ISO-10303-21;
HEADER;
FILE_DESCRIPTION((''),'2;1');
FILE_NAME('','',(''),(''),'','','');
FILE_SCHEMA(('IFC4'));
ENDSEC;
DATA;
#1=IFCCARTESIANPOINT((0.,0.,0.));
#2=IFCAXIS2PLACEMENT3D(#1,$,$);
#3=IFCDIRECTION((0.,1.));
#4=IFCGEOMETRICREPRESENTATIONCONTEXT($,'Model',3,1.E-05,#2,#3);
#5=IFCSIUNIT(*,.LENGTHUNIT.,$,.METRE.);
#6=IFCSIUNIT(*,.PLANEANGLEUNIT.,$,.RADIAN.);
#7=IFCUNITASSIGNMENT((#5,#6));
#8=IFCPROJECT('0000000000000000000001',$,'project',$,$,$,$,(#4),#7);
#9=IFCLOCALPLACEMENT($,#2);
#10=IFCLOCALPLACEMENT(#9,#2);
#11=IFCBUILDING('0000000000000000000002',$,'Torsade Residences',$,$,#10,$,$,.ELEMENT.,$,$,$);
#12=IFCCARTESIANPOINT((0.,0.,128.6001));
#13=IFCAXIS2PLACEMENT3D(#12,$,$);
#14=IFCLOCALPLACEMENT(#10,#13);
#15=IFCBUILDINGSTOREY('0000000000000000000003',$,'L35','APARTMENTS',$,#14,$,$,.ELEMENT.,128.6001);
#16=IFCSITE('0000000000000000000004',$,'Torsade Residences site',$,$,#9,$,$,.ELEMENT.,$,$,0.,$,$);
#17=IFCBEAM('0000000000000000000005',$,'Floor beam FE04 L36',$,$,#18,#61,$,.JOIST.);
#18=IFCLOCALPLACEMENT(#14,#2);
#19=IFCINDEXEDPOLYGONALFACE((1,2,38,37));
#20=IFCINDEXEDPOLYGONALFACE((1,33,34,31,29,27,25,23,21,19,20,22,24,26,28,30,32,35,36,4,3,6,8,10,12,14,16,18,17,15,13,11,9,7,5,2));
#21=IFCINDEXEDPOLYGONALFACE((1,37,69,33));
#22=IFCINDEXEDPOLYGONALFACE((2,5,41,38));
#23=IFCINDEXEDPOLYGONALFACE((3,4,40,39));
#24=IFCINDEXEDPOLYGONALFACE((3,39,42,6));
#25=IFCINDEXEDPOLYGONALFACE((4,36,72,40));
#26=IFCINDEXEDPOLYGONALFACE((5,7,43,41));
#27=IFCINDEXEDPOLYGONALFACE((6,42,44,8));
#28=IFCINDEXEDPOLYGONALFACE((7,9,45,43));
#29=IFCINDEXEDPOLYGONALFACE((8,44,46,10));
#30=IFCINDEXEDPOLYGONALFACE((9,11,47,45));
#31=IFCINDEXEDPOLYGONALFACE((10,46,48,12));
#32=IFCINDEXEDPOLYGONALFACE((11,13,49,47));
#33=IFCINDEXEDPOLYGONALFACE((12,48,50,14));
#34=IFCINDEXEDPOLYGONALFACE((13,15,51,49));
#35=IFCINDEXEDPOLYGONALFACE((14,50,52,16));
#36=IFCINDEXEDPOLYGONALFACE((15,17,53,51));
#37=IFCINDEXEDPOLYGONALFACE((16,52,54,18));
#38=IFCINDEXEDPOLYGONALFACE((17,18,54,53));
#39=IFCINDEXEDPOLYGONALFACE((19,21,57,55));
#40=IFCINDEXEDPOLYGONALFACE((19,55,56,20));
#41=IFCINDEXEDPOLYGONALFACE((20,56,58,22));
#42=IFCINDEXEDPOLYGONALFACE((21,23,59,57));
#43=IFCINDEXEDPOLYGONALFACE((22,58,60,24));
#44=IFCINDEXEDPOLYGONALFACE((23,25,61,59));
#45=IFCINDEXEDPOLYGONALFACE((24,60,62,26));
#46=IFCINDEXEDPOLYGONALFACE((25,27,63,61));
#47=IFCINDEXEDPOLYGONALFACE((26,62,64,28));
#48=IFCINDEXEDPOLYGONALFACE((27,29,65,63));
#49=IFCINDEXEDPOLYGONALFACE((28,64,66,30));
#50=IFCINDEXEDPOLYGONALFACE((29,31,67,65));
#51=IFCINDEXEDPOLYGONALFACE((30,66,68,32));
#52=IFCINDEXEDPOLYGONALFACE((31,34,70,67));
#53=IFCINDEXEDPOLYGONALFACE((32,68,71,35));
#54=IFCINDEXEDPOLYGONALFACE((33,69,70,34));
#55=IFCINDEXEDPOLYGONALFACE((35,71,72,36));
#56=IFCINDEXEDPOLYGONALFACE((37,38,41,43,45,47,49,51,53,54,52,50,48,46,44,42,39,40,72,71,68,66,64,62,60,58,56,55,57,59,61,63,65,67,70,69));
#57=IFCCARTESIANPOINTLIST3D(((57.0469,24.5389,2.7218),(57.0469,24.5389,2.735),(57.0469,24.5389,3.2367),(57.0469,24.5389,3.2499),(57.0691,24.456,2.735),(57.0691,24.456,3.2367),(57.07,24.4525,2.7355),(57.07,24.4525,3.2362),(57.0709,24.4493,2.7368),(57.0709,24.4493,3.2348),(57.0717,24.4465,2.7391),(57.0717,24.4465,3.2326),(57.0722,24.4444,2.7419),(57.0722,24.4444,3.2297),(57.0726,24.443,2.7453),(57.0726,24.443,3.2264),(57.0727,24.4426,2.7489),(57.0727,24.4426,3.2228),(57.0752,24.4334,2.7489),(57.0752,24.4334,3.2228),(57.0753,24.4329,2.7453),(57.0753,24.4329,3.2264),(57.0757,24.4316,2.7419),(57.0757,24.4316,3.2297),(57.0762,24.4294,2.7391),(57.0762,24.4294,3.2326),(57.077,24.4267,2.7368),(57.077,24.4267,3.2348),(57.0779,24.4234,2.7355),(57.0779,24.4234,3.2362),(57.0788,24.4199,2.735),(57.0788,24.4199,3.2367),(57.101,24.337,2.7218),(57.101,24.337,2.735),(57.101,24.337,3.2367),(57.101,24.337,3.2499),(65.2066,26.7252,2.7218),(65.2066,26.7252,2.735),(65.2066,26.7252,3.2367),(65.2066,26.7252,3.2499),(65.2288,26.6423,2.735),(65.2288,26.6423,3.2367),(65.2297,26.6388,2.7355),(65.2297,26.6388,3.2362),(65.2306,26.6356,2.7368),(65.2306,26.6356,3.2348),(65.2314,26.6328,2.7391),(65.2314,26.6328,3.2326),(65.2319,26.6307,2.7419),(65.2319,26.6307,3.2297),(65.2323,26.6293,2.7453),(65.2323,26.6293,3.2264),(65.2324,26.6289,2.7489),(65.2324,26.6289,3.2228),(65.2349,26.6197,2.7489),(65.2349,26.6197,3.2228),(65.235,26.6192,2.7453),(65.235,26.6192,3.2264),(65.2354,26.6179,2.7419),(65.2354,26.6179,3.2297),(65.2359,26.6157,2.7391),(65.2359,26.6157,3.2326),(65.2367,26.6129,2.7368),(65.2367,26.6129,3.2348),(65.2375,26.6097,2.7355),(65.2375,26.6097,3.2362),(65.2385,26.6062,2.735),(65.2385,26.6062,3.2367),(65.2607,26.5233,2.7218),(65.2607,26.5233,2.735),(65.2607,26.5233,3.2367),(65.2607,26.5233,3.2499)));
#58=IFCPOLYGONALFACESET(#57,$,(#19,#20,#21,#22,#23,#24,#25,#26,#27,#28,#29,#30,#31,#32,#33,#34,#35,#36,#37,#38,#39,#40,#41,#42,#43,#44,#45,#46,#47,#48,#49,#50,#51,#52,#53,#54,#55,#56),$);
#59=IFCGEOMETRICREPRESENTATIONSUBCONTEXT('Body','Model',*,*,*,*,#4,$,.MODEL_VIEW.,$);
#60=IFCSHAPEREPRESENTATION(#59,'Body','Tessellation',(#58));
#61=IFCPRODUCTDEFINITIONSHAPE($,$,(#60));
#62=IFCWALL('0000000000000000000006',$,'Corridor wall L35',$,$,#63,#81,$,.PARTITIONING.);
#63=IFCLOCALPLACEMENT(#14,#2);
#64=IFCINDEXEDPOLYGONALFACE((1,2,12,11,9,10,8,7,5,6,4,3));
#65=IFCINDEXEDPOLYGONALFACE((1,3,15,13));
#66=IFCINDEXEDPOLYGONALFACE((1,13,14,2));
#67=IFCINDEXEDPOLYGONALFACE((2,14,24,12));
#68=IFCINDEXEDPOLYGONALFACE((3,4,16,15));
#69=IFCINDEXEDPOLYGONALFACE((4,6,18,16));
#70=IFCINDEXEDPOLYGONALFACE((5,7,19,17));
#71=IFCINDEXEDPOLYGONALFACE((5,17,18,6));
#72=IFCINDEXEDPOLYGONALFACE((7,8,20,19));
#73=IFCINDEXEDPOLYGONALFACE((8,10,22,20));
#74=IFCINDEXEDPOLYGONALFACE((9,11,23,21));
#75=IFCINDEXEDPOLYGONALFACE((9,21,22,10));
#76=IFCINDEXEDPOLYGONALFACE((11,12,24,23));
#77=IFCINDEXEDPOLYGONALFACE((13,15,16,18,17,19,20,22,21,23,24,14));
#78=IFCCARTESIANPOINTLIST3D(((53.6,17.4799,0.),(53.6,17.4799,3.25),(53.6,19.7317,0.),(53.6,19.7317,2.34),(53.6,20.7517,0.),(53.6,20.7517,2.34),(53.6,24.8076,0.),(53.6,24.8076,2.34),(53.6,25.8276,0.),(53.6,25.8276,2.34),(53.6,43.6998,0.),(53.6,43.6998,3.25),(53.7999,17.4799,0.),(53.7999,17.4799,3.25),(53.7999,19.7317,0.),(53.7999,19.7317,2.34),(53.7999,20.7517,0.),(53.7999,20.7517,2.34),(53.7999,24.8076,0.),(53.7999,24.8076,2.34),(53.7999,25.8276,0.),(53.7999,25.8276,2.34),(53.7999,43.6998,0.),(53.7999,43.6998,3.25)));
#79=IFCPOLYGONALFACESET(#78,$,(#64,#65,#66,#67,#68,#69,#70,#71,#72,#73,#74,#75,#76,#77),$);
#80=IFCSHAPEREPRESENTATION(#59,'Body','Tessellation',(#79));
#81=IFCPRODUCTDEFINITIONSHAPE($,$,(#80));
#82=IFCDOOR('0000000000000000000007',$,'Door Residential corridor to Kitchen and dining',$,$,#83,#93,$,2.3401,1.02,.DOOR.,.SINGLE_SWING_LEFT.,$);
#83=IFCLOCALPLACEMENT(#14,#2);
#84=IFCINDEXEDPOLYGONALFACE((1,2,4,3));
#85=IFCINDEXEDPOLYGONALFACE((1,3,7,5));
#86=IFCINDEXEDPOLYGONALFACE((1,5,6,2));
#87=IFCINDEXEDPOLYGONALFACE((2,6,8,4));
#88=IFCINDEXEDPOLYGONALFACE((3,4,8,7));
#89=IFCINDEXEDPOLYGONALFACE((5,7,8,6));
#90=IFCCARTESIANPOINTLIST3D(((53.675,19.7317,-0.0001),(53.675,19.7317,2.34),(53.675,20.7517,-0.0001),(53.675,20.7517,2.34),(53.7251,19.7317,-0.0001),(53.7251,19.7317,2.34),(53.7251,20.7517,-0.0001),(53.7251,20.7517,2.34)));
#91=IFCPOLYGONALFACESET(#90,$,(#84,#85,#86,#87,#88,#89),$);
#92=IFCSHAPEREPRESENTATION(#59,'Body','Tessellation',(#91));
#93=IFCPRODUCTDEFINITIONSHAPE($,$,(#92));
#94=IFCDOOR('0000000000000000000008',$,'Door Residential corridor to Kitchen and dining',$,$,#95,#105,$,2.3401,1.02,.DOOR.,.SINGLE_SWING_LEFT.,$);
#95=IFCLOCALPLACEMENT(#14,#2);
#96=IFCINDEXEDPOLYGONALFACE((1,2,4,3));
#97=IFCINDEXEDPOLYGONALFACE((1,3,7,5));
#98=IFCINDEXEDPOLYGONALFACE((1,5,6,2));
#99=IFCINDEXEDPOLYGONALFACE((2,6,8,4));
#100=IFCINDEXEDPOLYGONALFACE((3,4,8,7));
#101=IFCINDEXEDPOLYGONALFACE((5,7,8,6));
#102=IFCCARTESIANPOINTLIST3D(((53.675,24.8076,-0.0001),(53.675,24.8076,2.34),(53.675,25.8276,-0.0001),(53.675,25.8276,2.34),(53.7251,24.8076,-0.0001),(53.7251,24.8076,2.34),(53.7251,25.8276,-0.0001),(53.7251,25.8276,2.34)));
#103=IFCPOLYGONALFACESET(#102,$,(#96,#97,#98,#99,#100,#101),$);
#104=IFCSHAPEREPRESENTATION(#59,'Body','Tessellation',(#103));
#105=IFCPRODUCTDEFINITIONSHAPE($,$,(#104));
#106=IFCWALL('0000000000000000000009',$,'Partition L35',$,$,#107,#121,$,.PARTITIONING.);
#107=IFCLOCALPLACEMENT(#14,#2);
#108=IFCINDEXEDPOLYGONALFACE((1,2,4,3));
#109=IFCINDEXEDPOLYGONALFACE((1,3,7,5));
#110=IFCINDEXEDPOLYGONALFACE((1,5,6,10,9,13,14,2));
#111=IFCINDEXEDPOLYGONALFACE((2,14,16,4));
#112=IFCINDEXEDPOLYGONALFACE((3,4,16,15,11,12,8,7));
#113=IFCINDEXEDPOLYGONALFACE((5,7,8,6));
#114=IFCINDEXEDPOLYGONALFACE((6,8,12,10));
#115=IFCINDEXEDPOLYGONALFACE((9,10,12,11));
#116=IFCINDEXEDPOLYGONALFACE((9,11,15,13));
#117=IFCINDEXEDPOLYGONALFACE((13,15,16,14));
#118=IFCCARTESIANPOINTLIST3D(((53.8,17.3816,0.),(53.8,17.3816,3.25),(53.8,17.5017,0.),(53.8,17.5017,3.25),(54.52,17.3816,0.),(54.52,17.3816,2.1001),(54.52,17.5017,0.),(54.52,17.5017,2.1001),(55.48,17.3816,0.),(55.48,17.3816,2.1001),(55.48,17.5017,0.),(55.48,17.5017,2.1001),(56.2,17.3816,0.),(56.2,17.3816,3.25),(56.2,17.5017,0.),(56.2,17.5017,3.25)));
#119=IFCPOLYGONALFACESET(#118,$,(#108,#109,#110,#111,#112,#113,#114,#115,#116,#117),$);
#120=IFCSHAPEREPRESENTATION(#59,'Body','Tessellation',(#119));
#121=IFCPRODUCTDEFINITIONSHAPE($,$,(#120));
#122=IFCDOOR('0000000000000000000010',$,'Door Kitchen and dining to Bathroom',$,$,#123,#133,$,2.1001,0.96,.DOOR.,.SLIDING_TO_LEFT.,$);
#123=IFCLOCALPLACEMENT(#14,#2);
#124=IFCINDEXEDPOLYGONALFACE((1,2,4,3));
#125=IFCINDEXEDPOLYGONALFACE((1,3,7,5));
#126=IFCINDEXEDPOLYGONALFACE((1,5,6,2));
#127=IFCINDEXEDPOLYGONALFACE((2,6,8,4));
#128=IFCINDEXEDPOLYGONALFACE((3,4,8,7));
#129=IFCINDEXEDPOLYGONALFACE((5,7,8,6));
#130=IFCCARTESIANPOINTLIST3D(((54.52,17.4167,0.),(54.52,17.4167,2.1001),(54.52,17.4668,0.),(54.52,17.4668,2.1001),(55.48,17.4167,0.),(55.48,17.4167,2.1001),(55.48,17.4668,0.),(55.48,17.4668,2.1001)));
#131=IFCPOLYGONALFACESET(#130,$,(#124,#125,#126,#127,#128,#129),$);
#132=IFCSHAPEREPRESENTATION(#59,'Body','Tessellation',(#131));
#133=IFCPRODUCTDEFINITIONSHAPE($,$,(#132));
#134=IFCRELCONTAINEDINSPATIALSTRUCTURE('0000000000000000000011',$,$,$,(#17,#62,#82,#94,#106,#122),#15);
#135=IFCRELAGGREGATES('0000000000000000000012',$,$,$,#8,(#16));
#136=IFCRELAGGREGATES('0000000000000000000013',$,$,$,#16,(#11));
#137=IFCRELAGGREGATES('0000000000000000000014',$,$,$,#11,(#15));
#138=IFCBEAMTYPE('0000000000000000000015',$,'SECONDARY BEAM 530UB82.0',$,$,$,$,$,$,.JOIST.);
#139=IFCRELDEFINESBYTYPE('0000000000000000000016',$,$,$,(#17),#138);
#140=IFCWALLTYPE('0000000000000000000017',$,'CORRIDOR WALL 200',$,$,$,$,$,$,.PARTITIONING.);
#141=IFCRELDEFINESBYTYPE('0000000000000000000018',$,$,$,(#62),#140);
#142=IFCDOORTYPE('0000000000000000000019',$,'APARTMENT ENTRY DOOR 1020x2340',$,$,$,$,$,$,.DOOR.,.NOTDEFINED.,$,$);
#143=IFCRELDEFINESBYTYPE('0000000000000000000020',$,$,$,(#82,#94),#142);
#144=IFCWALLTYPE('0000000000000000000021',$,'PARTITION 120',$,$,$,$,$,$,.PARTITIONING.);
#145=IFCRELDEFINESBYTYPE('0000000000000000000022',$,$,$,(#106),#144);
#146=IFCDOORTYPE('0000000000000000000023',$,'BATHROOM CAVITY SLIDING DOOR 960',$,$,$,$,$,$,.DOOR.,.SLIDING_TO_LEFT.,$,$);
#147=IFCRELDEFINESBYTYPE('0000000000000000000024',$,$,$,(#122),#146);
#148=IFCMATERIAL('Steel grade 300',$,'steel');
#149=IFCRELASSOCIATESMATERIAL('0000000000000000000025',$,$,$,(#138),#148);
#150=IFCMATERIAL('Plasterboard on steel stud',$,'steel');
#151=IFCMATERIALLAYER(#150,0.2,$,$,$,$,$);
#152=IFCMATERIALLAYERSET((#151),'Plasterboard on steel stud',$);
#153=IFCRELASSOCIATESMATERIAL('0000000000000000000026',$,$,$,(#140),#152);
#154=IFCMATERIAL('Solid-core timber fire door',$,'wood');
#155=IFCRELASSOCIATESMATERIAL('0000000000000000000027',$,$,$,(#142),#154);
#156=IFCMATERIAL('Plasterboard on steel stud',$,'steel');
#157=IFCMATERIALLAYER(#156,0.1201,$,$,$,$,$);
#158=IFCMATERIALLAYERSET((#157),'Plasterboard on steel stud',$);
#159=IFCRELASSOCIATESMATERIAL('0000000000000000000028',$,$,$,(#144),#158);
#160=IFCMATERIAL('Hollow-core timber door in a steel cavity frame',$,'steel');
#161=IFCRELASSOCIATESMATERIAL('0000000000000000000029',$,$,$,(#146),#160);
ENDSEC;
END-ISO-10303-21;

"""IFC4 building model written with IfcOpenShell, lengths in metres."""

from ifc_helpers import new_model, si_unit, direction, frame, frame_2d, origin, origin_2d, place, context, subcontext, project, spatial, rectangle, i_section, extrude, material, layer, layer_set, material_profile, profile_set, type_object, element, fill, save


model = new_model("IFC4")

# Units and contexts
model_context = context("Model", 3, precision=1e-05, world=origin(), true_north=direction((0.0, 1.0)))
body_context = subcontext(model_context, "Body", "Model", "MODEL_VIEW")
ifc_project = project(units=[si_unit("LENGTHUNIT", "METRE"), si_unit("PLANEANGLEUNIT", "RADIAN")], contexts=[model_context])

# Site, building, storey
site_placement = place(None, origin())
site = spatial("IfcSite", under=ifc_project, at=site_placement, Name="Torsade Residences site", CompositionType="ELEMENT", RefElevation=0.0)
building_placement = place(site_placement, origin())
building = spatial("IfcBuilding", under=site, at=building_placement, Name="Torsade Residences", CompositionType="ELEMENT")
storey_placement = place(building_placement, frame((0.0, 0.0, 128.6001)))
storey = spatial("IfcBuildingStorey", under=building, at=storey_placement, Name="L35", Description="APARTMENTS", CompositionType="ELEMENT", Elevation=128.6001)

# Beam
ifc_material_1 = material(Name="Steel grade 300", Category="steel")
ifc_material_profile_1 = material_profile(ifc_material_1, i_section(OverallWidth=0.209, OverallDepth=0.5281, WebThickness=0.0095, FlangeThickness=0.0132, FilletRadius=0.0139, at=origin_2d()), Name="530UB82.0")
ifc_profile_set_1 = profile_set([ifc_material_profile_1], Name="Steel grade 300")
beam_type_1 = type_object("IfcBeamType", Name="SECONDARY BEAM 530UB82.0", PredefinedType="JOIST", material=ifc_profile_set_1)
beam_1_placement = place(storey_placement, frame((65.2336, 26.6243, 2.9858), z_axis=(-0.965929, -0.258808, 0.0), x_axis=(0.258808, -0.965929, 0.0)))
element("IfcBeam", 1, at=beam_1_placement, inside=storey, type_object=beam_type_1, Name="Floor beam FE04 L36", PredefinedType="JOIST", context=body_context, shape_type="SweptSolid", body=[
    extrude(i_section(OverallWidth=0.209, OverallDepth=0.5281, WebThickness=0.0095, FlangeThickness=0.0132, FilletRadius=0.0139, at=origin_2d()), origin(), (0.0, 0.0, 1.0), 8.4475),
])

# Wall, openings, doors
ifc_material_2 = material(Name="Plasterboard on steel stud", Category="steel")
ifc_layer_1 = layer(ifc_material_2, 0.2)
ifc_layer_set_1 = layer_set([ifc_layer_1], Name="Plasterboard on steel stud")
wall_type_1 = type_object("IfcWallType", Name="CORRIDOR WALL 200", PredefinedType="PARTITIONING", material=ifc_layer_set_1)
wall_1_placement = place(storey_placement, frame((53.7, 17.48, 0.0), z_axis=(0.0, 0.0, 1.0), x_axis=(0.0, 1.0, 0.0)))
wall_1 = element("IfcWall", 2, at=wall_1_placement, inside=storey, type_object=wall_type_1, Name="Corridor wall L35", PredefinedType="PARTITIONING", context=body_context, shape_type="SweptSolid", body=[
    extrude(rectangle(XDim=26.22, YDim=0.2, at=frame_2d((13.1099, 0.0))), origin(), (0.0, 0.0, 1.0), 3.25),
])
opening_1_placement = place(wall_1_placement, frame((2.2517, 0.0, 0.0)))
opening_1 = element("IfcOpeningElement", 3, at=opening_1_placement, cuts=wall_1, PredefinedType="OPENING", context=body_context, shape_type="SweptSolid", body=[
    extrude(rectangle(XDim=1.02, YDim=2.3401, at=frame_2d((0.51, 1.1699))), frame((0.0, 0.1099, 0.0), z_axis=(0.0, -1.0, 0.0), x_axis=(1.0, 0.0, 0.0)), (0.0, 0.0, 1.0), 0.22),
])
opening_2_placement = place(wall_1_placement, frame((7.3276, 0.0, 0.0)))
opening_2 = element("IfcOpeningElement", 4, at=opening_2_placement, cuts=wall_1, PredefinedType="OPENING", context=body_context, shape_type="SweptSolid", body=[
    extrude(rectangle(XDim=1.02, YDim=2.3401, at=frame_2d((0.51, 1.1699))), frame((0.0, 0.1099, 0.0), z_axis=(0.0, -1.0, 0.0), x_axis=(1.0, 0.0, 0.0)), (0.0, 0.0, 1.0), 0.22),
])
ifc_material_3 = material(Name="Solid-core timber fire door", Category="wood")
door_type_1 = type_object("IfcDoorType", Name="APARTMENT ENTRY DOOR 1020x2340", OperationType="NOTDEFINED", PredefinedType="DOOR", material=ifc_material_3)
door_1_placement = place(opening_1_placement, origin())
door_1 = element("IfcDoor", 5, at=door_1_placement, inside=storey, type_object=door_type_1, Name="Door Residential corridor to Kitchen and dining", OperationType="SINGLE_SWING_LEFT", OverallHeight=2.3401, OverallWidth=1.02, PredefinedType="DOOR", context=body_context, shape_type="SweptSolid", body=[
    extrude(rectangle(XDim=1.02, YDim=2.3401, at=frame_2d((0.51, 1.1699))), frame((0.0, 0.0249, 0.0), z_axis=(0.0, -1.0, 0.0), x_axis=(1.0, 0.0, 0.0)), (0.0, 0.0, 1.0), 0.05),
])
fill(opening_1, door_1)
door_2_placement = place(opening_2_placement, origin())
door_2 = element("IfcDoor", 6, at=door_2_placement, inside=storey, type_object=door_type_1, Name="Door Residential corridor to Kitchen and dining", OperationType="SINGLE_SWING_LEFT", OverallHeight=2.3401, OverallWidth=1.02, PredefinedType="DOOR", context=body_context, shape_type="SweptSolid", body=[
    extrude(rectangle(XDim=1.02, YDim=2.3401, at=frame_2d((0.51, 1.1699))), frame((0.0, 0.0249, 0.0), z_axis=(0.0, -1.0, 0.0), x_axis=(1.0, 0.0, 0.0)), (0.0, 0.0, 1.0), 0.05),
])
fill(opening_2, door_2)

# Wall, opening, door
ifc_material_4 = material(Name="Plasterboard on steel stud", Category="steel")
ifc_layer_2 = layer(ifc_material_4, 0.1201)
ifc_layer_set_2 = layer_set([ifc_layer_2], Name="Plasterboard on steel stud")
wall_type_2 = type_object("IfcWallType", Name="PARTITION 120", PredefinedType="PARTITIONING", material=ifc_layer_set_2)
wall_2_placement = place(storey_placement, frame((56.2, 17.4417, 0.0), z_axis=(0.0, 0.0, 1.0), x_axis=(-1.0, 0.0, 0.0)))
wall_2 = element("IfcWall", 7, at=wall_2_placement, inside=storey, type_object=wall_type_2, Name="Partition L35", PredefinedType="PARTITIONING", context=body_context, shape_type="SweptSolid", body=[
    extrude(rectangle(XDim=2.3999, YDim=0.1201, at=frame_2d((1.2, 0.0))), origin(), (0.0, 0.0, 1.0), 3.25),
])
opening_3_placement = place(wall_2_placement, frame((0.72, 0.0, 0.0)))
opening_3 = element("IfcOpeningElement", 8, at=opening_3_placement, cuts=wall_2, PredefinedType="OPENING", context=body_context, shape_type="SweptSolid", body=[
    extrude(rectangle(XDim=0.96, YDim=2.1001, at=frame_2d((0.48, 1.05))), frame((0.0, 0.0701, 0.0), z_axis=(0.0, -1.0, 0.0), x_axis=(1.0, 0.0, 0.0)), (0.0, 0.0, 1.0), 0.1401),
])
ifc_material_5 = material(Name="Hollow-core timber door in a steel cavity frame", Category="steel")
door_type_2 = type_object("IfcDoorType", Name="BATHROOM CAVITY SLIDING DOOR 960", OperationType="SLIDING_TO_LEFT", PredefinedType="DOOR", material=ifc_material_5)
door_3_placement = place(opening_3_placement, origin())
door_3 = element("IfcDoor", 9, at=door_3_placement, inside=storey, type_object=door_type_2, Name="Door Kitchen and dining to Bathroom", OperationType="SLIDING_TO_LEFT", OverallHeight=2.1001, OverallWidth=0.96, PredefinedType="DOOR", context=body_context, shape_type="SweptSolid", body=[
    extrude(rectangle(XDim=0.96, YDim=2.1001, at=frame_2d((0.48, 1.05))), frame((0.0, 0.0249, 0.0), z_axis=(0.0, -1.0, 0.0), x_axis=(1.0, 0.0, 0.0)), (0.0, 0.0, 1.0), 0.05),
])
fill(opening_3, door_3)

save(model, "model.ifc")
